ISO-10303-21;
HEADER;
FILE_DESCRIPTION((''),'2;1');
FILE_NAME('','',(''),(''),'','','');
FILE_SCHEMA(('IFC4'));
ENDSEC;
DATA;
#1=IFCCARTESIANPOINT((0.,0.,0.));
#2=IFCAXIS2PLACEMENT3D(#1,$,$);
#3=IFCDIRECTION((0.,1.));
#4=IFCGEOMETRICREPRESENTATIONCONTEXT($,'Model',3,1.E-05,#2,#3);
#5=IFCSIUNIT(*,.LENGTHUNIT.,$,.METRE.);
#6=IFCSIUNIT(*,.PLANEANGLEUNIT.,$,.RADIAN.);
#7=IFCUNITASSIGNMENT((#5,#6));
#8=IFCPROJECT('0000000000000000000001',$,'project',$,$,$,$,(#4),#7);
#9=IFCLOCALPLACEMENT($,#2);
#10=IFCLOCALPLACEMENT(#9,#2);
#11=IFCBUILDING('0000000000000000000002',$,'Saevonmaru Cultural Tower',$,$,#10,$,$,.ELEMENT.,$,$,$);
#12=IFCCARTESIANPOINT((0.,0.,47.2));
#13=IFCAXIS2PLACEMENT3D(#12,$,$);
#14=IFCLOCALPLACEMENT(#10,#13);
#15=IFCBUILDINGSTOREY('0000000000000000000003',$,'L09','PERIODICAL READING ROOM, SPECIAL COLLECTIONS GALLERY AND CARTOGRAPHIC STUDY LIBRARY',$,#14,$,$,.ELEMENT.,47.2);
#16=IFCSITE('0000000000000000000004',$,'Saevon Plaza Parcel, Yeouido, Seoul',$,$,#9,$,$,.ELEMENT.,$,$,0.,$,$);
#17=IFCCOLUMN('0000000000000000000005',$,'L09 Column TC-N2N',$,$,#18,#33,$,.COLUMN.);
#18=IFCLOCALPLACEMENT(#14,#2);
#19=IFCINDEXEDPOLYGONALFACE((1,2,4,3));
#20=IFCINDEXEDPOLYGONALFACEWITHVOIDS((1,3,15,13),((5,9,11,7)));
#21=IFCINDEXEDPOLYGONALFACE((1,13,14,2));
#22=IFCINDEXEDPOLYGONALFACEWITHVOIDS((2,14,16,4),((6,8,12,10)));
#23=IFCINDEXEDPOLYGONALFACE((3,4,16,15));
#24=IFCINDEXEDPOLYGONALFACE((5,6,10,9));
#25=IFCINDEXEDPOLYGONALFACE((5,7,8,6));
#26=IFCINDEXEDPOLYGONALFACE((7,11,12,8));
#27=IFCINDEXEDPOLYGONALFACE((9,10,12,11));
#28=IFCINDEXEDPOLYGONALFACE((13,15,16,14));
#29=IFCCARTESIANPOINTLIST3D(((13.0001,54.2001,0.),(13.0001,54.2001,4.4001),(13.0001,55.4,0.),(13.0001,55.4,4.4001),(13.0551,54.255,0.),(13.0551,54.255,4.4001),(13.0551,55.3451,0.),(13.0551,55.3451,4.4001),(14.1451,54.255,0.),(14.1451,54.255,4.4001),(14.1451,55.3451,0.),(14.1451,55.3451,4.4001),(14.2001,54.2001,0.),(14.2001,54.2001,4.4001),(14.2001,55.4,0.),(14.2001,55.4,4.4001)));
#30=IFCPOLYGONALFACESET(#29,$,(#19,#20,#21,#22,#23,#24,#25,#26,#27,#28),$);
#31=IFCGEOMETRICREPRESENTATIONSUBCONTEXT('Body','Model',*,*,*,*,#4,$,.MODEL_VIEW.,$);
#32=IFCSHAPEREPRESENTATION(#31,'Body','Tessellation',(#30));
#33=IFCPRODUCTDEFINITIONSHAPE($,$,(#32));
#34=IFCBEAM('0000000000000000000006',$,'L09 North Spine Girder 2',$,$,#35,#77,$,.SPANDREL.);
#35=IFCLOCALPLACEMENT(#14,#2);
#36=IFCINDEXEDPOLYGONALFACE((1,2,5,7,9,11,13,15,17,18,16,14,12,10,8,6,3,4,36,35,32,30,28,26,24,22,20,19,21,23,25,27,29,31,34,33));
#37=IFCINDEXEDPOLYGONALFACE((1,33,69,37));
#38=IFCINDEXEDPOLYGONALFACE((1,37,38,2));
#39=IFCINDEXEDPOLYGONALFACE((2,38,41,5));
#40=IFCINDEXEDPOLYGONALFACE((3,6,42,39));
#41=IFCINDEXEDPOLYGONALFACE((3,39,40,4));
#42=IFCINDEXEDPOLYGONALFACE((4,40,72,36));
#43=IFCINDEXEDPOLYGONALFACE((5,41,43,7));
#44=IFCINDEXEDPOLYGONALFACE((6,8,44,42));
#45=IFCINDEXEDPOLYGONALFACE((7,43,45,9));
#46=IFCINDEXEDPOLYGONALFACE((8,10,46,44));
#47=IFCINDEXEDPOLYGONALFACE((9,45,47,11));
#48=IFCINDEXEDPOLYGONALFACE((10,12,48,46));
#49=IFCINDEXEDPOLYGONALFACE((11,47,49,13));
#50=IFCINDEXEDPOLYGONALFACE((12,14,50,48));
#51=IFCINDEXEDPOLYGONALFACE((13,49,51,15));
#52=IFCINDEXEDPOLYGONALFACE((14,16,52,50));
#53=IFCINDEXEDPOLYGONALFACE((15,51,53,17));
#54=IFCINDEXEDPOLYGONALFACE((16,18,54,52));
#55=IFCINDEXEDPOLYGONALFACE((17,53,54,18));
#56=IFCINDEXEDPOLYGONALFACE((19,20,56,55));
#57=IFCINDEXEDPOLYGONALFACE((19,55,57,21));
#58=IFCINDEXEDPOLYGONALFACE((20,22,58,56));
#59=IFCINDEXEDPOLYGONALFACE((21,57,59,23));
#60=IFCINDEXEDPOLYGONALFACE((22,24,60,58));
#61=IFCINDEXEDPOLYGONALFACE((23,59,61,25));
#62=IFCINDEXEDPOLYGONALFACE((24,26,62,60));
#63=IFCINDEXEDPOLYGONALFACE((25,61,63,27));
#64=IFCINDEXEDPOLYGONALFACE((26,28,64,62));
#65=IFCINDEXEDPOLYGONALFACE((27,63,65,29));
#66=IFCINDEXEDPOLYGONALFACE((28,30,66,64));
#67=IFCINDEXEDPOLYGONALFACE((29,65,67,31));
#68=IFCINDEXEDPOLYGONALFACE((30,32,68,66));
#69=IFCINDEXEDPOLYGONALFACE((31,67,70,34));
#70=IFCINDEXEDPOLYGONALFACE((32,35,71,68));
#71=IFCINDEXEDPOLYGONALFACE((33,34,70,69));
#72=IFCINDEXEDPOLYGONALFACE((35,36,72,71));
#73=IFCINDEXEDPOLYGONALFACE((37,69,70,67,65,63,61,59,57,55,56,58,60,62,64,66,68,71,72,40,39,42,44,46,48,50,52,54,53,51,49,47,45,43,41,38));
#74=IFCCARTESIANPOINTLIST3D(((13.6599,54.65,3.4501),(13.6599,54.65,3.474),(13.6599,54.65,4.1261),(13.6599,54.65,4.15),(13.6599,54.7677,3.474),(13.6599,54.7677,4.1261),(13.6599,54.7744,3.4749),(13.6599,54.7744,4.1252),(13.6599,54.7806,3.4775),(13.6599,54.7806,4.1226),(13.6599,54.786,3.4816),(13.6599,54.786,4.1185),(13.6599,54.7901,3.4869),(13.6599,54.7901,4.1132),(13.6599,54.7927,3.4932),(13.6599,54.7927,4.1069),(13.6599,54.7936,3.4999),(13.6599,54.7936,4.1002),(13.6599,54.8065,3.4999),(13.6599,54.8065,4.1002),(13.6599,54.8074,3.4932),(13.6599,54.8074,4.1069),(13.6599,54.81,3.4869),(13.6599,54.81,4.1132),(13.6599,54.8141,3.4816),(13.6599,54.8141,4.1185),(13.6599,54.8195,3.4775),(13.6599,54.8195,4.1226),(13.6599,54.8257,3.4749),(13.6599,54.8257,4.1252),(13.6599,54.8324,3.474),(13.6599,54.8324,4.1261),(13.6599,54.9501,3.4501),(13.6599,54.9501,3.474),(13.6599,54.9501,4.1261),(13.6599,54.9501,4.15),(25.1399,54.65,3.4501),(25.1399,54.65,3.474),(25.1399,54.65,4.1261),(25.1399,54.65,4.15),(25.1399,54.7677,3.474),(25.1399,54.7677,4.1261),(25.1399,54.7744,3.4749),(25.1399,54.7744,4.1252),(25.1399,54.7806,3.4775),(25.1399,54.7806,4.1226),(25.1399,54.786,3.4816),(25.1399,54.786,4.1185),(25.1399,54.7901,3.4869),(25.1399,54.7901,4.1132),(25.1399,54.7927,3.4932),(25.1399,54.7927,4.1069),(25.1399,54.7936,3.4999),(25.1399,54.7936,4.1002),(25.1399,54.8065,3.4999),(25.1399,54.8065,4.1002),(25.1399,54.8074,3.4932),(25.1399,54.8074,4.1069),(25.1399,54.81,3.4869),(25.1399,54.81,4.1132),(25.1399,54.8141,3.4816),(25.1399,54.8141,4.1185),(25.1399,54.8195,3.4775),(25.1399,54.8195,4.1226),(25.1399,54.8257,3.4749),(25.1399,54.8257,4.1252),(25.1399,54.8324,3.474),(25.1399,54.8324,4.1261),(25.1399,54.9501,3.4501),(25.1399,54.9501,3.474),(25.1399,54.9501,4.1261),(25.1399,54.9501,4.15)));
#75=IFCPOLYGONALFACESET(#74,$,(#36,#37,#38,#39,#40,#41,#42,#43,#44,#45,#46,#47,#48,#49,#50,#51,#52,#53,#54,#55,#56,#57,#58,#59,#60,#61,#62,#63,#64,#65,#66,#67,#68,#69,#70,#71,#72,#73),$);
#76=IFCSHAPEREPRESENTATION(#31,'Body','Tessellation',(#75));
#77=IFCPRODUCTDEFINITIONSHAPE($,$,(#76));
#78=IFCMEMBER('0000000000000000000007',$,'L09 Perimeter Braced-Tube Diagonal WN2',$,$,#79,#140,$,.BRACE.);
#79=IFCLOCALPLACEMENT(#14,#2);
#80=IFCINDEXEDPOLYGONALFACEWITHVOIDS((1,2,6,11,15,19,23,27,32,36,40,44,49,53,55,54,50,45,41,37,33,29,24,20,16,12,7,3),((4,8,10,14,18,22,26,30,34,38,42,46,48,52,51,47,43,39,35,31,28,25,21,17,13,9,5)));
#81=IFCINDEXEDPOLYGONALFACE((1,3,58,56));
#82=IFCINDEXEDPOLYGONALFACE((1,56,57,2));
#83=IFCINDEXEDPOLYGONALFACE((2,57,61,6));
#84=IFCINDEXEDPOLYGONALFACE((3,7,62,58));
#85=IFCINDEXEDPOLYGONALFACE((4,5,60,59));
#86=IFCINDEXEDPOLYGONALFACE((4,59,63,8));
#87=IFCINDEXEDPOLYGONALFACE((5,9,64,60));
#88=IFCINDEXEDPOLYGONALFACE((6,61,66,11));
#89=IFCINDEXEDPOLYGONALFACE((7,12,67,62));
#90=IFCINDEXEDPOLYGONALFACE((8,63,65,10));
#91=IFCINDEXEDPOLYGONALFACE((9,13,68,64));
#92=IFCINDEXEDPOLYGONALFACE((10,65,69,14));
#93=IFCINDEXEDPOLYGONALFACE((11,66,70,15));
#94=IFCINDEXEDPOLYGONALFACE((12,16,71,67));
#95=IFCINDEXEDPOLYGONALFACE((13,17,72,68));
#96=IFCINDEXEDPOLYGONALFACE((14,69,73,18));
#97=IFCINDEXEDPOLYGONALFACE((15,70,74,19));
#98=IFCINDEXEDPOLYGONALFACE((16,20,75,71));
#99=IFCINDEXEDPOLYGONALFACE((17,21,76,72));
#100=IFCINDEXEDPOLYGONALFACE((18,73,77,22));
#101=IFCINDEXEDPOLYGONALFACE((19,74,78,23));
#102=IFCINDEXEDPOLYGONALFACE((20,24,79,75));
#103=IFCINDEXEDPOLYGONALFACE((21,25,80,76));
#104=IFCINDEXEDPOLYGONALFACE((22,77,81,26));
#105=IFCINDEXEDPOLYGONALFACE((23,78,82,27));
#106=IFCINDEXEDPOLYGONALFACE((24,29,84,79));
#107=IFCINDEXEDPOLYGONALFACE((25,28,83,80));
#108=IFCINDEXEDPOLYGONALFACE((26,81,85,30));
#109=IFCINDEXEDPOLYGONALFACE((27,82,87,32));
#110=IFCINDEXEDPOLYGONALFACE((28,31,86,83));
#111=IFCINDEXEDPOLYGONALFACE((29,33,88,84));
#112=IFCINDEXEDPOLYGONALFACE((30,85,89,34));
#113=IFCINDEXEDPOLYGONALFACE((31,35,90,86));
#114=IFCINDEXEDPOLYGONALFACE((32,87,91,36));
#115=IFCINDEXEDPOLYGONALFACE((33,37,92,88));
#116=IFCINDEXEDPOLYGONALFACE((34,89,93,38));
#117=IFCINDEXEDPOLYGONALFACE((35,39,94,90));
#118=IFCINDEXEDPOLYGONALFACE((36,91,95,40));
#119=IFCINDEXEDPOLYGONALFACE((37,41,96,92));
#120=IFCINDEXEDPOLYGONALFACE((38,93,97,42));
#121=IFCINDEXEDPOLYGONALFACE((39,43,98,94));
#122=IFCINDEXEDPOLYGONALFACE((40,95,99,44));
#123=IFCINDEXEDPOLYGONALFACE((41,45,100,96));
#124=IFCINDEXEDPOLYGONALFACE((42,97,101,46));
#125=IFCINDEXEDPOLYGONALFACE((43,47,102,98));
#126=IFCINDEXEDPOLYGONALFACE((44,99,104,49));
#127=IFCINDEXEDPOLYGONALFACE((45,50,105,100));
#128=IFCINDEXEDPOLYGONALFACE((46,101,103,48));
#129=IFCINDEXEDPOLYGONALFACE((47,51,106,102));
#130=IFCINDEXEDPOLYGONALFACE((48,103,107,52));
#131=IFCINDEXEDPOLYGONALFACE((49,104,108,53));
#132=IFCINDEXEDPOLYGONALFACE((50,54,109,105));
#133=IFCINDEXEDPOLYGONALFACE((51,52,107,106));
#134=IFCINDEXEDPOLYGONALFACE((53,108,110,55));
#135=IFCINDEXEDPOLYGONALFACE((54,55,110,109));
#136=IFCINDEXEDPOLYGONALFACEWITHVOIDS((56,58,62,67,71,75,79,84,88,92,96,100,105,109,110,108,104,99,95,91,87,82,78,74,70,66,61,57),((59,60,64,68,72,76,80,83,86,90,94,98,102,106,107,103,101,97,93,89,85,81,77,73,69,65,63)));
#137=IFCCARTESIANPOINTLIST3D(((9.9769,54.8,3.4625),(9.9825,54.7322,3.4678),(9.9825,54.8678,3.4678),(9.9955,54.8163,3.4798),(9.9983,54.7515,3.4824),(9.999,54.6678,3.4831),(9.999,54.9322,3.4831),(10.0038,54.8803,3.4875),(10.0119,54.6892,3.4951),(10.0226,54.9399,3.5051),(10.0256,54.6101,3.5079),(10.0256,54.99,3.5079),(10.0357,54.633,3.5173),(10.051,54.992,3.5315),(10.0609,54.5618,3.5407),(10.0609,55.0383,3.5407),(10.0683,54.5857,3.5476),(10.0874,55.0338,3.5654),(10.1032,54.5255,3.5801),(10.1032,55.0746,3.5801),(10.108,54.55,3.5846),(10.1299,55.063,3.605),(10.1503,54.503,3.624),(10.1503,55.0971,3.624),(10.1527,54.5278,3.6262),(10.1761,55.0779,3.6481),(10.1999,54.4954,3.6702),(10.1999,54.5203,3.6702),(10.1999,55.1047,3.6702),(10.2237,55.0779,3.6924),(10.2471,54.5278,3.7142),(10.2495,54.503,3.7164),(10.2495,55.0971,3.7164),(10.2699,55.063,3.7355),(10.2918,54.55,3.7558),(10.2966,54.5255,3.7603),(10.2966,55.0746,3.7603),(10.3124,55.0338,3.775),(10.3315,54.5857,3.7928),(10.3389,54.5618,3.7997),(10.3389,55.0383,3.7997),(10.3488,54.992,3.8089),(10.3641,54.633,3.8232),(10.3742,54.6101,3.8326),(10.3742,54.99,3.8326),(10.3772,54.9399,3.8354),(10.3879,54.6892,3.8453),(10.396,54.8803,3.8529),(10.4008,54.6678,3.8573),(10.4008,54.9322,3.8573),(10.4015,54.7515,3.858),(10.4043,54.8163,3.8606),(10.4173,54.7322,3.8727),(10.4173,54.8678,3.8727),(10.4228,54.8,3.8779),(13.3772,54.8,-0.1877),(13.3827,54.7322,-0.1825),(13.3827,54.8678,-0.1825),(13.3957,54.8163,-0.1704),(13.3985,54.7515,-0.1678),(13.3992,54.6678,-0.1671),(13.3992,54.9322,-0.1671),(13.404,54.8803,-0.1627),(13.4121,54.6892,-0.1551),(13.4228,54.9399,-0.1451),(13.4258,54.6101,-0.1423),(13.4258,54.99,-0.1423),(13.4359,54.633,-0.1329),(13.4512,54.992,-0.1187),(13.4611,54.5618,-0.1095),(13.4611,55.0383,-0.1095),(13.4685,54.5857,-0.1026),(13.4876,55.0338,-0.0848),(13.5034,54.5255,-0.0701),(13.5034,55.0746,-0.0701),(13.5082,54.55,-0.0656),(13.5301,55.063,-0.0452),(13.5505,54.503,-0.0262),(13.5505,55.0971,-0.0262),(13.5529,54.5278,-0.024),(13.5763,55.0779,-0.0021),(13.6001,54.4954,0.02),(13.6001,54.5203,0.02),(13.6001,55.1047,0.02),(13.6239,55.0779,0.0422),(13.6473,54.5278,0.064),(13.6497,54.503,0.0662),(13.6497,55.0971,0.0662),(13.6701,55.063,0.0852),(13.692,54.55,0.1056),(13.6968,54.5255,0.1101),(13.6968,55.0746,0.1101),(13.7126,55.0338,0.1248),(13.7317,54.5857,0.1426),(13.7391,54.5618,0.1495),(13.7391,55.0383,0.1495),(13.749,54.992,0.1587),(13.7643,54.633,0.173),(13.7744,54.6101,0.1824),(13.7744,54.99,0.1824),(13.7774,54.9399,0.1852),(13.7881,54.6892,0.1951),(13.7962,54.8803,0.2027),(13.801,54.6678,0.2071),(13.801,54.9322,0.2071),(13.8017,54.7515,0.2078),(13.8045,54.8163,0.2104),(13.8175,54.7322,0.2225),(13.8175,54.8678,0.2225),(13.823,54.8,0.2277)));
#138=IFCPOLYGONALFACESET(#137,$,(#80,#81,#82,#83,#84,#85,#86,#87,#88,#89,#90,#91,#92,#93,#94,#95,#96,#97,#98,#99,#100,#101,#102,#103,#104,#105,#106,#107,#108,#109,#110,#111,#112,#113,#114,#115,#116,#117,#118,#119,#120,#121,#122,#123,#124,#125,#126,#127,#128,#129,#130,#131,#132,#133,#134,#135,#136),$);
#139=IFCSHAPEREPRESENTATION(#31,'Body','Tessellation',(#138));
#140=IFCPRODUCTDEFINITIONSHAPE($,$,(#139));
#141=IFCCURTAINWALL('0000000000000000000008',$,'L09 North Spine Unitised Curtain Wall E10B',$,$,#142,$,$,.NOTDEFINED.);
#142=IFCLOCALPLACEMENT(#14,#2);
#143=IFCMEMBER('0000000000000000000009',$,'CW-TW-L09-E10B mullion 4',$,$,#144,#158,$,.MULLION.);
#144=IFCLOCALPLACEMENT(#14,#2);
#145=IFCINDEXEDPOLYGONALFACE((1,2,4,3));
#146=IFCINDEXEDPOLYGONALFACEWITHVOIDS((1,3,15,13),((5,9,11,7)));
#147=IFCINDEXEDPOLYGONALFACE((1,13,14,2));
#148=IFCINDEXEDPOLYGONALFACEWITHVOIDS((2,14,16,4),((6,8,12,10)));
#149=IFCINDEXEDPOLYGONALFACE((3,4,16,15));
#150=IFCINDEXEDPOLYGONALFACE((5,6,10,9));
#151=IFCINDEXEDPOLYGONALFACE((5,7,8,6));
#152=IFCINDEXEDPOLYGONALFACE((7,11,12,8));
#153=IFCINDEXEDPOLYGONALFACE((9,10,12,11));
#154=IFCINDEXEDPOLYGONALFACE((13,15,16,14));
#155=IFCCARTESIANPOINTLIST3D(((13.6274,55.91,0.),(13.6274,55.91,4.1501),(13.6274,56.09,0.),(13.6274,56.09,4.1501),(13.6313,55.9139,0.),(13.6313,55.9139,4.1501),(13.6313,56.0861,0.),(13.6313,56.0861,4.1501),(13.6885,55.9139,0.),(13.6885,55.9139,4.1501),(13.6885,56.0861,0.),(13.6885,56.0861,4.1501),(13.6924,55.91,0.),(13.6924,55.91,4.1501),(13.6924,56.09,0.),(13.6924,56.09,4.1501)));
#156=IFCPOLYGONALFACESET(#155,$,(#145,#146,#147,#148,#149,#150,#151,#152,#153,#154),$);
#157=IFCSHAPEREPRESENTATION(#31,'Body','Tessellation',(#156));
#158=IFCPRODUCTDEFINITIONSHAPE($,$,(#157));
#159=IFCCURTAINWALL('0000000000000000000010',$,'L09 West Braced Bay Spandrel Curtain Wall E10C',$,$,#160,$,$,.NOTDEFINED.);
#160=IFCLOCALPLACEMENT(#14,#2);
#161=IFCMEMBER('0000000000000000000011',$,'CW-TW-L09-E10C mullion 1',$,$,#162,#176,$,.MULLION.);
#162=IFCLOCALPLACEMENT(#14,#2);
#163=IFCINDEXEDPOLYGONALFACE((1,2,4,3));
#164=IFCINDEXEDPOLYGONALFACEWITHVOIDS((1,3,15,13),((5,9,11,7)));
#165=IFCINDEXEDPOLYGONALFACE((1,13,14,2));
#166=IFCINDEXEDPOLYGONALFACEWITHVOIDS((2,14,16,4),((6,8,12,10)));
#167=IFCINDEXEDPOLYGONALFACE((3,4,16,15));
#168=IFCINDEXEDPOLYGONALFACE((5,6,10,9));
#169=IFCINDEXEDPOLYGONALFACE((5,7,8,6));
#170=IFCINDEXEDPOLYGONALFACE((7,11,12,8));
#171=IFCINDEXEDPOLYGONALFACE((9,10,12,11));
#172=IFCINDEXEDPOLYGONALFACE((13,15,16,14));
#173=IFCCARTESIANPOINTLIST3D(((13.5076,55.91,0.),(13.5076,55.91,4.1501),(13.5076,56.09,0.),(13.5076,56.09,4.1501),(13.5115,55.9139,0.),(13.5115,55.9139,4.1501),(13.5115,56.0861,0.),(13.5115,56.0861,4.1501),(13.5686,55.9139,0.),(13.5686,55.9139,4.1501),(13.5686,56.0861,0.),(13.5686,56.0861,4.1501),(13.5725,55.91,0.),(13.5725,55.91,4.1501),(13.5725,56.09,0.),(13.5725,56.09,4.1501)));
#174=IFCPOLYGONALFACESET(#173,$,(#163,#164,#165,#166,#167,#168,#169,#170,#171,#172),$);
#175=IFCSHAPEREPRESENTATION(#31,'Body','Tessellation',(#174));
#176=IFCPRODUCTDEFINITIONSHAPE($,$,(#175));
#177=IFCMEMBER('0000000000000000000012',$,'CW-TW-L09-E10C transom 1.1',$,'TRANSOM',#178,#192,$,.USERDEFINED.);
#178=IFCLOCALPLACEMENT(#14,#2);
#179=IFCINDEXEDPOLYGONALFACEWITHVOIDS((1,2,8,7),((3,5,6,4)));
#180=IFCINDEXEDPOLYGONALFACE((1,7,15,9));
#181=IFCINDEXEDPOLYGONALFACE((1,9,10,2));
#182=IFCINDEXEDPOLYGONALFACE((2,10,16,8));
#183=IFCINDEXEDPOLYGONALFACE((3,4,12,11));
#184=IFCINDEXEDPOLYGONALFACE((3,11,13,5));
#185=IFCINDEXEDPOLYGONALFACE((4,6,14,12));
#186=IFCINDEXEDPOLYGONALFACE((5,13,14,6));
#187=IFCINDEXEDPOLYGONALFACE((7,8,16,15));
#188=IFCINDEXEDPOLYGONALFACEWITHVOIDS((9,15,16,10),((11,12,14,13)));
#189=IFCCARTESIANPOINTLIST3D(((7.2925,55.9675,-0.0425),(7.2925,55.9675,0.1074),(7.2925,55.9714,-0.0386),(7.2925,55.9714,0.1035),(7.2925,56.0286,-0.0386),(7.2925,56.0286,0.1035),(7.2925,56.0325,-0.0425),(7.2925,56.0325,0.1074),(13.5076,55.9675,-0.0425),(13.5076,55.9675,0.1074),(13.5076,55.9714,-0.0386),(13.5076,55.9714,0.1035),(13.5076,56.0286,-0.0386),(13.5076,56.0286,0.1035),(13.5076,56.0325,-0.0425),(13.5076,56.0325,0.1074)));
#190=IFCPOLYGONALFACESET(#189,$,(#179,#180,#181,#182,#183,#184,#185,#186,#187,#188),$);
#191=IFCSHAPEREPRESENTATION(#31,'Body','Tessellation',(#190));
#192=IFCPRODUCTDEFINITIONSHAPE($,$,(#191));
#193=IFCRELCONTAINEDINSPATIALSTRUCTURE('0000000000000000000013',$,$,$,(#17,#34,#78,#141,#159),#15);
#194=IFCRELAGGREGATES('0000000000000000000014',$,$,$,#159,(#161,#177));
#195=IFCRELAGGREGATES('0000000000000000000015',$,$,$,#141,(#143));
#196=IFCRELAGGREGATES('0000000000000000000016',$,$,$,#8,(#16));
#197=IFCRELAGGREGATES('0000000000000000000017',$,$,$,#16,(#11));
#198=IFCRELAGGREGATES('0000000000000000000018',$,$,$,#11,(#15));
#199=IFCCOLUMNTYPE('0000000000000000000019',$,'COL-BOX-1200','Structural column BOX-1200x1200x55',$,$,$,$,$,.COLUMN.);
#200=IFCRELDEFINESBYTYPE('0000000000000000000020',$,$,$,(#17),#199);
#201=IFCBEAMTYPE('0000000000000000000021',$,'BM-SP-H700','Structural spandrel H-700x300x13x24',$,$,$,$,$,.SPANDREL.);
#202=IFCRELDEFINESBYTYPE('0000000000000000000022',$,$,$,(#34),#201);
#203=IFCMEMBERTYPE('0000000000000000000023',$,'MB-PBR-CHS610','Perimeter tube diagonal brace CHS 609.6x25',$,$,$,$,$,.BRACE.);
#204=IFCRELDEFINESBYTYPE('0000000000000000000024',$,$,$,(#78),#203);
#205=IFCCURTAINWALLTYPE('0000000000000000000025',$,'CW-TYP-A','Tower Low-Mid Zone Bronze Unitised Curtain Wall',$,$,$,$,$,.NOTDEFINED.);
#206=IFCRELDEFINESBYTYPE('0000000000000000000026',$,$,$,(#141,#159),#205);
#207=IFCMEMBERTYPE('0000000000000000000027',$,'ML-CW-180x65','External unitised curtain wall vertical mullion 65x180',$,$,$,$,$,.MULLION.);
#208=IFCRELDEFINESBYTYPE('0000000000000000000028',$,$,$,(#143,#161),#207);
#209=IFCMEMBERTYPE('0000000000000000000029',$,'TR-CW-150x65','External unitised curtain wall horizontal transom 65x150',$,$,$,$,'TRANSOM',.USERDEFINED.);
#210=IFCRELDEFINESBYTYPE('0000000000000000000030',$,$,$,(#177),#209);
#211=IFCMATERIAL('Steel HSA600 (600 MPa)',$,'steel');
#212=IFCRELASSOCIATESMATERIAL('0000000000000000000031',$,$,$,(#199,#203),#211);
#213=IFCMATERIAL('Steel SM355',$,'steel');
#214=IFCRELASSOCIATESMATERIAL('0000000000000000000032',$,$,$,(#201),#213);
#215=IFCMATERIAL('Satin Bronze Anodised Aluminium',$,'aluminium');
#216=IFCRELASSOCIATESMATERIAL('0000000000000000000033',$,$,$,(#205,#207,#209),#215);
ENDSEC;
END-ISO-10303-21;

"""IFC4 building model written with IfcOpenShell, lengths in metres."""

from ifc_helpers import new_model, si_unit, direction, frame, origin, origin_2d, place, context, subcontext, project, spatial, hollow_rectangle, hollow_circle, i_section, extrude, material, material_profile, profile_set, type_object, element, aggregate, save


model = new_model("IFC4")

# Units and contexts
model_context = context("Model", 3, precision=1e-05, world=origin(), true_north=direction((0.0, 1.0)))
body_context = subcontext(model_context, "Body", "Model", "MODEL_VIEW")
ifc_project = project(units=[si_unit("LENGTHUNIT", "METRE"), si_unit("PLANEANGLEUNIT", "RADIAN")], contexts=[model_context])

# Site, building, storey
site_placement = place(None, origin())
site = spatial("IfcSite", under=ifc_project, at=site_placement, Name="Saevon Plaza Parcel, Yeouido, Seoul", CompositionType="ELEMENT", RefElevation=0.0)
building_placement = place(site_placement, origin())
building = spatial("IfcBuilding", under=site, at=building_placement, Name="Saevonmaru Cultural Tower", CompositionType="ELEMENT")
storey_placement = place(building_placement, frame((0.0, 0.0, 47.2)))
storey = spatial("IfcBuildingStorey", under=building, at=storey_placement, Name="L09", Description="PERIODICAL READING ROOM, SPECIAL COLLECTIONS GALLERY AND CARTOGRAPHIC STUDY LIBRARY", CompositionType="ELEMENT", Elevation=47.2)

# Column
ifc_material_1 = material(Name="Steel HSA600 (600 MPa)", Category="steel")
ifc_material_profile_1 = material_profile(ifc_material_1, hollow_rectangle(XDim=1.2, YDim=1.2, WallThickness=0.0549, at=origin_2d()), Name="BOX-1200x1200x55")
ifc_profile_set_1 = profile_set([ifc_material_profile_1], Name="Steel HSA600 (600 MPa)")
column_type = type_object("IfcColumnType", Name="COL-BOX-1200", Description="Structural column BOX-1200x1200x55", PredefinedType="COLUMN", material=ifc_profile_set_1)
column_placement = place(storey_placement, frame((13.6001, 54.8, 0.0), z_axis=(0.0, 0.0, 1.0), x_axis=(1.0, 0.0, 0.0)))
element("IfcColumn", 1, at=column_placement, inside=storey, type_object=column_type, Name="L09 Column TC-N2N", PredefinedType="COLUMN", context=body_context, shape_type="SweptSolid", body=[
    extrude(hollow_rectangle(XDim=1.2, YDim=1.2, WallThickness=0.0549, at=origin_2d()), origin(), (0.0, 0.0, 1.0), 4.4001),
])

# Beam
ifc_material_2 = material(Name="Steel SM355", Category="steel")
ifc_material_profile_2 = material_profile(ifc_material_2, i_section(OverallWidth=0.3, OverallDepth=0.7, WebThickness=0.0129, FlangeThickness=0.0239, FilletRadius=0.0259, at=origin_2d()), Name="H-700x300x13x24")
ifc_profile_set_2 = profile_set([ifc_material_profile_2], Name="Steel SM355")
beam_type = type_object("IfcBeamType", Name="BM-SP-H700", Description="Structural spandrel H-700x300x13x24", PredefinedType="SPANDREL", material=ifc_profile_set_2)
beam_placement = place(storey_placement, frame((13.6599, 54.8, 3.8), z_axis=(1.0, 0.0, 0.0), x_axis=(0.0, 1.0, 0.0)))
element("IfcBeam", 2, at=beam_placement, inside=storey, type_object=beam_type, Name="L09 North Spine Girder 2", PredefinedType="SPANDREL", context=body_context, shape_type="SweptSolid", body=[
    extrude(i_section(OverallWidth=0.3, OverallDepth=0.7, WebThickness=0.0129, FlangeThickness=0.0239, FilletRadius=0.0259, at=origin_2d()), origin(), (0.0, 0.0, 1.0), 11.48),
])

# Member
ifc_material_profile_3 = material_profile(ifc_material_1, hollow_circle(Radius=0.3047, WallThickness=0.0249, at=origin_2d()), Name="CHS-609.6x25")
ifc_profile_set_3 = profile_set([ifc_material_profile_3], Name="Steel HSA600 (600 MPa)")
member_type_1 = type_object("IfcMemberType", Name="MB-PBR-CHS610", Description="Perimeter tube diagonal brace CHS 609.6x25", PredefinedType="BRACE", material=ifc_profile_set_3)
member_1_placement = place(storey_placement, frame((13.6001, 54.8, 0.02), z_axis=(-0.681605, 0.0, 0.731721), x_axis=(0.0, -1.0, 0.0)))
element("IfcMember", 3, at=member_1_placement, inside=storey, type_object=member_type_1, Name="L09 Perimeter Braced-Tube Diagonal WN2", PredefinedType="BRACE", context=body_context, shape_type="SweptSolid", body=[
    extrude(hollow_circle(Radius=0.3047, WallThickness=0.0249, at=origin_2d()), origin(), (0.0, 0.0, 1.0), 4.9885),
])

# Curtain wall, member
ifc_material_3 = material(Name="Satin Bronze Anodised Aluminium", Category="aluminium")
curtain_wall_type = type_object("IfcCurtainWallType", Name="CW-TYP-A", Description="Tower Low-Mid Zone Bronze Unitised Curtain Wall", PredefinedType="NOTDEFINED", material=ifc_material_3)
curtain_wall_1_placement = place(storey_placement, origin())
curtain_wall_1 = element("IfcCurtainWall", 4, at=curtain_wall_1_placement, inside=storey, type_object=curtain_wall_type, Name="L09 North Spine Unitised Curtain Wall E10B", PredefinedType="NOTDEFINED")
ifc_material_profile_4 = material_profile(ifc_material_3, hollow_rectangle(XDim=0.0649, YDim=0.1799, WallThickness=0.0039, at=origin_2d()), Name="ALU-MULL-180x65x4")
ifc_profile_set_4 = profile_set([ifc_material_profile_4], Name="Satin Bronze Anodised Aluminium")
member_type_2 = type_object("IfcMemberType", Name="ML-CW-180x65", Description="External unitised curtain wall vertical mullion 65x180", PredefinedType="MULLION", material=ifc_profile_set_4)
member_2_placement = place(storey_placement, frame((13.6599, 56.0, 0.0), z_axis=(0.0, 0.0, 1.0), x_axis=(-1.0, 0.0, 0.0)))
member_2 = element("IfcMember", 5, at=member_2_placement, type_object=member_type_2, Name="CW-TW-L09-E10B mullion 4", PredefinedType="MULLION", context=body_context, shape_type="SweptSolid", body=[
    extrude(hollow_rectangle(XDim=0.0649, YDim=0.1799, WallThickness=0.0039, at=origin_2d()), origin(), (0.0, 0.0, 1.0), 4.1501),
])

# Curtain wall, members
curtain_wall_2_placement = place(storey_placement, origin())
curtain_wall_2 = element("IfcCurtainWall", 6, at=curtain_wall_2_placement, inside=storey, type_object=curtain_wall_type, Name="L09 West Braced Bay Spandrel Curtain Wall E10C", PredefinedType="NOTDEFINED")
member_3_placement = place(storey_placement, frame((13.54, 56.0, 0.0), z_axis=(0.0, 0.0, 1.0), x_axis=(-1.0, 0.0, 0.0)))
member_3 = element("IfcMember", 7, at=member_3_placement, type_object=member_type_2, Name="CW-TW-L09-E10C mullion 1", PredefinedType="MULLION", context=body_context, shape_type="SweptSolid", body=[
    extrude(hollow_rectangle(XDim=0.0649, YDim=0.1799, WallThickness=0.0039, at=origin_2d()), origin(), (0.0, 0.0, 1.0), 4.1501),
])
ifc_material_profile_5 = material_profile(ifc_material_3, hollow_rectangle(XDim=0.0649, YDim=0.1499, WallThickness=0.0039, at=origin_2d()), Name="ALU-TRAN-150x65x4")
ifc_profile_set_5 = profile_set([ifc_material_profile_5], Name="Satin Bronze Anodised Aluminium")
member_type_3 = type_object("IfcMemberType", Name="TR-CW-150x65", Description="External unitised curtain wall horizontal transom 65x150", ElementType="TRANSOM", PredefinedType="USERDEFINED", material=ifc_profile_set_5)
member_4_placement = place(storey_placement, frame((13.5076, 56.0, 0.0325), z_axis=(-1.0, 0.0, 0.0), x_axis=(0.0, -1.0, 0.0)))
member_4 = element("IfcMember", 8, at=member_4_placement, type_object=member_type_3, Name="CW-TW-L09-E10C transom 1.1", ObjectType="TRANSOM", PredefinedType="USERDEFINED", context=body_context, shape_type="SweptSolid", body=[
    extrude(hollow_rectangle(XDim=0.0649, YDim=0.1499, WallThickness=0.0039, at=origin_2d()), origin(), (0.0, 0.0, 1.0), 6.2151),
])
aggregate(curtain_wall_2, [member_3, member_4])

aggregate(curtain_wall_1, [member_2])

save(model, "model.ifc")
